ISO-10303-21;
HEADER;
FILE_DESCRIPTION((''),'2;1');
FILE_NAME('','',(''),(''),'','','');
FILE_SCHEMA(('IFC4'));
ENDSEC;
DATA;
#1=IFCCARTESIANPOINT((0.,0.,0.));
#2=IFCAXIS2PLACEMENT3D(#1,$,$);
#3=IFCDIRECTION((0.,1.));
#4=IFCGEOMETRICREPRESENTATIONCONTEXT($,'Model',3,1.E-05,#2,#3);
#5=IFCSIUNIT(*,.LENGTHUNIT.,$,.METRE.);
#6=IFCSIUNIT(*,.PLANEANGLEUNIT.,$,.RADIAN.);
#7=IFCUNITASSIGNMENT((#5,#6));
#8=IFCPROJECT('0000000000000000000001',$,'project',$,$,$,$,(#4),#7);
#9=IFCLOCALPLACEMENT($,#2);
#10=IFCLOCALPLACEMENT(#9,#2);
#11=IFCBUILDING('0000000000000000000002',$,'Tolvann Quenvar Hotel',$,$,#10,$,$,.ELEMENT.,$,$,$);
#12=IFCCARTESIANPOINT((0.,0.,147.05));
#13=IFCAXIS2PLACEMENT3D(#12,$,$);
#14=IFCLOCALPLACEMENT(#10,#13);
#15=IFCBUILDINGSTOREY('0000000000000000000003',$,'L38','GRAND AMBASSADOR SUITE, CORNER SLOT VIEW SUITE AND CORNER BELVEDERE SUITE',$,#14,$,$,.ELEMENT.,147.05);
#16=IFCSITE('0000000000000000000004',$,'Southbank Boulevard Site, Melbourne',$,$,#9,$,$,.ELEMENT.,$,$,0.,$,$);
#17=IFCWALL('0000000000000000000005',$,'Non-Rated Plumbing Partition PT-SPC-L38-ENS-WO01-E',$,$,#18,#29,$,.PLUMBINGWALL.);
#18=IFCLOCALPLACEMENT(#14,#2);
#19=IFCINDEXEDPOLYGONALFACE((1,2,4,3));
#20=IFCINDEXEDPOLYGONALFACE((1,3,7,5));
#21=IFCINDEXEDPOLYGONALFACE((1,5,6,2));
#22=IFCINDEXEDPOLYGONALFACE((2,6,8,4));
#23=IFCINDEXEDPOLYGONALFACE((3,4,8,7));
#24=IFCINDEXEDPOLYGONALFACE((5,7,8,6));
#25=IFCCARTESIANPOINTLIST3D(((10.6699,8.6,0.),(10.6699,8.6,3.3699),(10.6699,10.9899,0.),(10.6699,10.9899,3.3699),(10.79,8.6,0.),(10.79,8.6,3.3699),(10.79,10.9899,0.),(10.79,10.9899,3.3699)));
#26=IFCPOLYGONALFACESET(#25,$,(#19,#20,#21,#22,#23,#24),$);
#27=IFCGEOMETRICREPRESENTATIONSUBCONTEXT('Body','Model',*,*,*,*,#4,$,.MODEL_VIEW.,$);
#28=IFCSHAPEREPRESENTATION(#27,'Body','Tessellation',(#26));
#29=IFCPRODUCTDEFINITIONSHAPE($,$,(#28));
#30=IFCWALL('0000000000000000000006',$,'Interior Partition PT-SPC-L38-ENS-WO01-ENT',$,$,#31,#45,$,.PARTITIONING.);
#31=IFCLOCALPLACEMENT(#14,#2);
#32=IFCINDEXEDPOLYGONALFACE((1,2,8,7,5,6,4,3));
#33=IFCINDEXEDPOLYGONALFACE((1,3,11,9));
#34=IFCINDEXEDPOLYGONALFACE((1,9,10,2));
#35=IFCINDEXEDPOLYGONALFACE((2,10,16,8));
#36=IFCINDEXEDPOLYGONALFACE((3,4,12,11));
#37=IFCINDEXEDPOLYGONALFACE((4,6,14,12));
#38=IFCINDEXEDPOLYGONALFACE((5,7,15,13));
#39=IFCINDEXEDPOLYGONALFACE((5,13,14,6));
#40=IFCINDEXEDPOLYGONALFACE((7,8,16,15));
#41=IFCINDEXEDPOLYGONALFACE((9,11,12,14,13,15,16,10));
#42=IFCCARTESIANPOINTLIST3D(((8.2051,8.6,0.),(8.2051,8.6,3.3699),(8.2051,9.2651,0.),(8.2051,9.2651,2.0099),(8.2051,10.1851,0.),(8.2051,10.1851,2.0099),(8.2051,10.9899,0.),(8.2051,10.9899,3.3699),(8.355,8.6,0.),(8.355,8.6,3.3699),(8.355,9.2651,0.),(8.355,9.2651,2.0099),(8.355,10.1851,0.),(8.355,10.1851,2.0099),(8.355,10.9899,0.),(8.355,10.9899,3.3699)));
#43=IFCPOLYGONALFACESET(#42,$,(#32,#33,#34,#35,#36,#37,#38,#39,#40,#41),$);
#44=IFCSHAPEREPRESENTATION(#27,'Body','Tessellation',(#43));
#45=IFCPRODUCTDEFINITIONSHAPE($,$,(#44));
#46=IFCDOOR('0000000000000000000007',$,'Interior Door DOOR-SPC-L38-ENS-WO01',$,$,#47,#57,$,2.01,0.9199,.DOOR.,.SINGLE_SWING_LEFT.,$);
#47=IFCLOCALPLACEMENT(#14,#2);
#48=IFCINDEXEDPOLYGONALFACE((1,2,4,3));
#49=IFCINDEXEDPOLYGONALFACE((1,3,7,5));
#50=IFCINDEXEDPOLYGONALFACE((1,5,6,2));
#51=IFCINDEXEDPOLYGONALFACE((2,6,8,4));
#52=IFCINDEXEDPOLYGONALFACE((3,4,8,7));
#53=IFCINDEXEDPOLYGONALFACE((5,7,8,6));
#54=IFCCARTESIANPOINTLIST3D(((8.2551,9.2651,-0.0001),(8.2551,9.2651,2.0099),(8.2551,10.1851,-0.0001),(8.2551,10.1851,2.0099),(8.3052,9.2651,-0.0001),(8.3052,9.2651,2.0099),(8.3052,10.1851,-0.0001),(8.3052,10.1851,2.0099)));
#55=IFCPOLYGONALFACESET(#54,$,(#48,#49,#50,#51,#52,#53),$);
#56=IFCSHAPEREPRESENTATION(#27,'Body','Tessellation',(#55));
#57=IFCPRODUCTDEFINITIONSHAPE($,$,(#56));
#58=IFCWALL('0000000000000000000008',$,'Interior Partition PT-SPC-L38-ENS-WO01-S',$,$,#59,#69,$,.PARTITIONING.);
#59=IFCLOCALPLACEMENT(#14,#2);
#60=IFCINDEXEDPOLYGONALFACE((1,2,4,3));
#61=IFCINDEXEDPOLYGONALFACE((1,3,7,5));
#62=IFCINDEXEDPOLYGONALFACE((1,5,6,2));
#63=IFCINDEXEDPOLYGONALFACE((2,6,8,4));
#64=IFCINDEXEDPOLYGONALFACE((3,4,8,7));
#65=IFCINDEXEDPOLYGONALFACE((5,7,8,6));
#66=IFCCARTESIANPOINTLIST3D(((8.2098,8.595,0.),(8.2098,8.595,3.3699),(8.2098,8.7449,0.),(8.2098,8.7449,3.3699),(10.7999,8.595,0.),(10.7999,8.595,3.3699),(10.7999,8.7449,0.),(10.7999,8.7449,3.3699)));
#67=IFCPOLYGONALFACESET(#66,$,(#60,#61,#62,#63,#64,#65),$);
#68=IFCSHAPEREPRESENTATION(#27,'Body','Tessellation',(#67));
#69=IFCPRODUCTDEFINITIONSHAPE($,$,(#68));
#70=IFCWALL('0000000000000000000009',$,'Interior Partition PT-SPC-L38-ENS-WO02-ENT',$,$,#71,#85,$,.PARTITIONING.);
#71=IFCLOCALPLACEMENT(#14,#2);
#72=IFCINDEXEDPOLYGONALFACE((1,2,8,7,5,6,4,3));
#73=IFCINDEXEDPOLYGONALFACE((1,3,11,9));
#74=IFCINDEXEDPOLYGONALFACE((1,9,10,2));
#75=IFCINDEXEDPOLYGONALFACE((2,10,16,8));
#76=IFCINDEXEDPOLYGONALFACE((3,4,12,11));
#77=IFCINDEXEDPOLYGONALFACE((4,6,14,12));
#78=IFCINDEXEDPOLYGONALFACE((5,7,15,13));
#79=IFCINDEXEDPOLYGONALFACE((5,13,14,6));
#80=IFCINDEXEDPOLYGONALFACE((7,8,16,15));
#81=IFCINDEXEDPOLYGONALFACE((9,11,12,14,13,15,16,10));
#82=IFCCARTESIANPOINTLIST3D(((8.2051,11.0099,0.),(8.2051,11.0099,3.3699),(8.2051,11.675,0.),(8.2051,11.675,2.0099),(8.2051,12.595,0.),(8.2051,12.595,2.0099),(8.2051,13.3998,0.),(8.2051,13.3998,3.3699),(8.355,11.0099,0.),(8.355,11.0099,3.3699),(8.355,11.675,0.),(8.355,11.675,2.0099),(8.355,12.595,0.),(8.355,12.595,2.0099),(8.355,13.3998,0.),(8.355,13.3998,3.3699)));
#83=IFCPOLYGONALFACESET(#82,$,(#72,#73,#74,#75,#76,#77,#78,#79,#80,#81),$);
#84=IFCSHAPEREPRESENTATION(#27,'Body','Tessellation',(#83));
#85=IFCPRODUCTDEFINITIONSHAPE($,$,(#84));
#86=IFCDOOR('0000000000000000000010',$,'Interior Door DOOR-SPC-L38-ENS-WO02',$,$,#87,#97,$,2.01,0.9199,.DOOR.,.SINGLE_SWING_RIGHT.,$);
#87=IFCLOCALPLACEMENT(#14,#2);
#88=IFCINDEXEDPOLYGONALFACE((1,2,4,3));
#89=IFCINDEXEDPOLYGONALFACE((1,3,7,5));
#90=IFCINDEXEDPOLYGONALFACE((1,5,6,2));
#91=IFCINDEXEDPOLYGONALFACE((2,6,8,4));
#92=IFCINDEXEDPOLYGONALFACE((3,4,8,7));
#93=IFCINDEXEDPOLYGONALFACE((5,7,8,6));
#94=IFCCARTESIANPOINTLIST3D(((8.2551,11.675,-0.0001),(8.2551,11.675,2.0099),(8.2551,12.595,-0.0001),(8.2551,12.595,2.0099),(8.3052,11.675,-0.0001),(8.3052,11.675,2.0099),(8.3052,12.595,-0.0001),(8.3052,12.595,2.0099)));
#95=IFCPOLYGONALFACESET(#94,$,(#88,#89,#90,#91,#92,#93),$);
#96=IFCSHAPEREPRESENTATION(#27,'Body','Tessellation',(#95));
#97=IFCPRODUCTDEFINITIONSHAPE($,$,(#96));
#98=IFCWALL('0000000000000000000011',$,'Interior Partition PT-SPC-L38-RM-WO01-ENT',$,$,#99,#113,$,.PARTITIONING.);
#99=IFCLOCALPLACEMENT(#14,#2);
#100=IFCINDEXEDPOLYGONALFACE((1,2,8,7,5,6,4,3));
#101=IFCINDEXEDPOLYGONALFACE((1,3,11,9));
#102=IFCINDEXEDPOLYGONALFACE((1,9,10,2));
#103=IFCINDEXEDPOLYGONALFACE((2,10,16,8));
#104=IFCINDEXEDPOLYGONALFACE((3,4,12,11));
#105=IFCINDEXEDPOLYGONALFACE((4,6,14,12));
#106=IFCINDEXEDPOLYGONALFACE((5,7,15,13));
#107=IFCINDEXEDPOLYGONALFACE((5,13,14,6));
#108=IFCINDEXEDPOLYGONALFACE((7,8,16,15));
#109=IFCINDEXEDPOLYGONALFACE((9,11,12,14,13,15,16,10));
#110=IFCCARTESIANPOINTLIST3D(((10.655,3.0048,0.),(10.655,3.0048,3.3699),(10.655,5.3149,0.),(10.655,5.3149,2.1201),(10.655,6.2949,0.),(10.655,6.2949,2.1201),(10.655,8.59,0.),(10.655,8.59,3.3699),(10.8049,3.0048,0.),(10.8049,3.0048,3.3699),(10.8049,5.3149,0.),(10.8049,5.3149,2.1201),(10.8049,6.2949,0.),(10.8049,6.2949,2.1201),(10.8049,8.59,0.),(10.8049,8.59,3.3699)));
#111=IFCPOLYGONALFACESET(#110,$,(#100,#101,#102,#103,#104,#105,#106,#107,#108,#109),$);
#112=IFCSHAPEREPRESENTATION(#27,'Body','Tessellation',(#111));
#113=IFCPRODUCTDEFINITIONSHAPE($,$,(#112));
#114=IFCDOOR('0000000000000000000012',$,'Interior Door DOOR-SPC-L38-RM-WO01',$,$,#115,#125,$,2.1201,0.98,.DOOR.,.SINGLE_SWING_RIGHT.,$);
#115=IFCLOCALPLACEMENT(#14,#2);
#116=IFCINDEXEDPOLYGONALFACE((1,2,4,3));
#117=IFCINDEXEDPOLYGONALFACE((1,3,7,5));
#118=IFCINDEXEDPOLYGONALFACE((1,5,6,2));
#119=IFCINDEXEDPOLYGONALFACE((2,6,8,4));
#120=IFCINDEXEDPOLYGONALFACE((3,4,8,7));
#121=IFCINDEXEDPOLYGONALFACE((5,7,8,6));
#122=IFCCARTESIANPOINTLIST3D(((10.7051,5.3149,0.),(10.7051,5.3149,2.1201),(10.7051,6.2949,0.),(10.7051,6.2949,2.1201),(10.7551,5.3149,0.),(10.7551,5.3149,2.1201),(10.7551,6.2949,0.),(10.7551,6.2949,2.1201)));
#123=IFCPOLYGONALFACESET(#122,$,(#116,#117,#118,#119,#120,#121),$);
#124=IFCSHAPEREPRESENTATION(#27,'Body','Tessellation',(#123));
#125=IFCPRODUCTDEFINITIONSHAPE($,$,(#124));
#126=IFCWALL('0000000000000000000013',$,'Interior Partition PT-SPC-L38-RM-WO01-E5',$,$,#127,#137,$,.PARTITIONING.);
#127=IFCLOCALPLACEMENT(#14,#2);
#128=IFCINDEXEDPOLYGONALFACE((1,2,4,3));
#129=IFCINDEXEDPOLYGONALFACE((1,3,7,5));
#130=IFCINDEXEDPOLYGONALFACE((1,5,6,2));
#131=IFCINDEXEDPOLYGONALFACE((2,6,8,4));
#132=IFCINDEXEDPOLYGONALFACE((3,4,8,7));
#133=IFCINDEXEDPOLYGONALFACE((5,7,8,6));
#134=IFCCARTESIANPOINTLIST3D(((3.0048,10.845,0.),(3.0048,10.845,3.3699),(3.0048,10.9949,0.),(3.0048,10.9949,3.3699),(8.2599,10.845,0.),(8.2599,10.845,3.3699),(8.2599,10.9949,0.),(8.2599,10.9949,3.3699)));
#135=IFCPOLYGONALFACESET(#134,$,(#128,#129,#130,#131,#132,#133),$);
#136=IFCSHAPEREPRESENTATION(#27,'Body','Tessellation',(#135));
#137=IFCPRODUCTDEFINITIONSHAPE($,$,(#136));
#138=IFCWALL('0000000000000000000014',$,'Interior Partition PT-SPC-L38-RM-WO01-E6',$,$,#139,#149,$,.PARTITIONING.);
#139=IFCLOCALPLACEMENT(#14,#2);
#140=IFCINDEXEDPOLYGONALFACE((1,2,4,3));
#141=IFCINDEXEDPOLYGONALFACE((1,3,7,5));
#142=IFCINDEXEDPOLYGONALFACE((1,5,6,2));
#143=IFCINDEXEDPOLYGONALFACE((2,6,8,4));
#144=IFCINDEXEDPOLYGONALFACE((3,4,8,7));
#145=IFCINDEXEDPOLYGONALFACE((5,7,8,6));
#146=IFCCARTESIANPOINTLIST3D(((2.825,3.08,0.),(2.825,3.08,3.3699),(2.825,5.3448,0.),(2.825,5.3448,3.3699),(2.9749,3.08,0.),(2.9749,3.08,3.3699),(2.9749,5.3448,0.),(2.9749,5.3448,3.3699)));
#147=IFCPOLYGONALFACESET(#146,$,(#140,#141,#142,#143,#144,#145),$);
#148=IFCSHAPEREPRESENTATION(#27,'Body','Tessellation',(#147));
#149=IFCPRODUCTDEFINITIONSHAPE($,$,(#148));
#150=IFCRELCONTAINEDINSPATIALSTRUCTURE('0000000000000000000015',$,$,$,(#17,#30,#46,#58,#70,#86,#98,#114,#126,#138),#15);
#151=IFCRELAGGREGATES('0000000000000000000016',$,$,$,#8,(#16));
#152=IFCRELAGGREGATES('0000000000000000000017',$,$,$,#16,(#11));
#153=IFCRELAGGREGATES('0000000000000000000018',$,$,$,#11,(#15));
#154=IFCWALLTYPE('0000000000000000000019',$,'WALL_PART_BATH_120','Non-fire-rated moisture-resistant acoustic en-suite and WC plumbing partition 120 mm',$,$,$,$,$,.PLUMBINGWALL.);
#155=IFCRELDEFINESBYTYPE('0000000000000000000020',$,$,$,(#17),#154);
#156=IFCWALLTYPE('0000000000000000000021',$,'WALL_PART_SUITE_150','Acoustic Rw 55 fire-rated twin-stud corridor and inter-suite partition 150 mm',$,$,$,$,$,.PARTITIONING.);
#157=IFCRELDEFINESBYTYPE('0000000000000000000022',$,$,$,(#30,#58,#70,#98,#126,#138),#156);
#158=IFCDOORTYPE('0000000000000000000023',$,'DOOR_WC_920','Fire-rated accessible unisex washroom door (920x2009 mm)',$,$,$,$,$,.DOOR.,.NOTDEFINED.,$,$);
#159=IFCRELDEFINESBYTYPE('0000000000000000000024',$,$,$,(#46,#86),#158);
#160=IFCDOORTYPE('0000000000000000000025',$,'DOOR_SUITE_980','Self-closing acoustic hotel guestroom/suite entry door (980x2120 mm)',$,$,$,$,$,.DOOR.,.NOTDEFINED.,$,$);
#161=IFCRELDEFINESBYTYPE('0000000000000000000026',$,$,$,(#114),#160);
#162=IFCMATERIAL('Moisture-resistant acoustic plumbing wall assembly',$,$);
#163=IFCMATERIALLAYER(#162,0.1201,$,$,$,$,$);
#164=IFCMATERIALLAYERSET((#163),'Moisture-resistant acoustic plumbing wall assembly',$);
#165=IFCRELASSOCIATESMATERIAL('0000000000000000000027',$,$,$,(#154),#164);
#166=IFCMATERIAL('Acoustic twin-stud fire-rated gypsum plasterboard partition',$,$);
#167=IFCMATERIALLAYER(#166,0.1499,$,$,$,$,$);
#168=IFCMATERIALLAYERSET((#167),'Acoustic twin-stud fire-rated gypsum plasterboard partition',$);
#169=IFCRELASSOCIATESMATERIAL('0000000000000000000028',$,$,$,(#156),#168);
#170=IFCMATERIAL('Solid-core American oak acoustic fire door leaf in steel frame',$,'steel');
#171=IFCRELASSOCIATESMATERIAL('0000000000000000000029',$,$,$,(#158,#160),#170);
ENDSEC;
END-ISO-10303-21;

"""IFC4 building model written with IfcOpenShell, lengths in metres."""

from ifc_helpers import new_model, si_unit, direction, frame, frame_2d, origin, place, context, subcontext, project, spatial, rectangle, extrude, source, transform, mapped, material, layer, layer_set, type_object, type_shapes, element, fill, save


model = new_model("IFC4")

# Units and contexts
model_context = context("Model", 3, precision=1e-05, world=origin(), true_north=direction((0.0, 1.0)))
body_context = subcontext(model_context, "Body", "Model", "MODEL_VIEW")
ifc_project = project(units=[si_unit("LENGTHUNIT", "METRE"), si_unit("PLANEANGLEUNIT", "RADIAN")], contexts=[model_context])

# Site, building, storey
site_placement = place(None, origin())
site = spatial("IfcSite", under=ifc_project, at=site_placement, Name="Southbank Boulevard Site, Melbourne", CompositionType="ELEMENT", RefElevation=0.0)
building_placement = place(site_placement, origin())
building = spatial("IfcBuilding", under=site, at=building_placement, Name="Tolvann Quenvar Hotel", CompositionType="ELEMENT")
storey_placement = place(building_placement, frame((0.0, 0.0, 147.05)))
storey = spatial("IfcBuildingStorey", under=building, at=storey_placement, Name="L38", Description="GRAND AMBASSADOR SUITE, CORNER SLOT VIEW SUITE AND CORNER BELVEDERE SUITE", CompositionType="ELEMENT", Elevation=147.05)

# Wall
ifc_material_1 = material(Name="Moisture-resistant acoustic plumbing wall assembly")
ifc_layer_1 = layer(ifc_material_1, 0.1201)
ifc_layer_set_1 = layer_set([ifc_layer_1], Name="Moisture-resistant acoustic plumbing wall assembly")
wall_type_1 = type_object("IfcWallType", Name="WALL_PART_BATH_120", Description="Non-fire-rated moisture-resistant acoustic en-suite and WC plumbing partition 120 mm", PredefinedType="PLUMBINGWALL", material=ifc_layer_set_1)
wall_1_placement = place(storey_placement, frame((10.73, 8.6001, 0.0), z_axis=(0.0, 0.0, 1.0), x_axis=(0.0, 1.0, 0.0)))
element("IfcWall", 1, at=wall_1_placement, inside=storey, type_object=wall_type_1, Name="Non-Rated Plumbing Partition PT-SPC-L38-ENS-WO01-E", PredefinedType="PLUMBINGWALL", context=body_context, shape_type="SweptSolid", body=[
    extrude(rectangle(XDim=2.3899, YDim=0.1201, at=frame_2d((1.1948, 0.0))), origin(), (0.0, 0.0, 1.0), 3.3699),
])

# Wall, opening, door
ifc_material_2 = material(Name="Acoustic twin-stud fire-rated gypsum plasterboard partition")
ifc_layer_2 = layer(ifc_material_2, 0.1499)
ifc_layer_set_2 = layer_set([ifc_layer_2], Name="Acoustic twin-stud fire-rated gypsum plasterboard partition")
wall_type_2 = type_object("IfcWallType", Name="WALL_PART_SUITE_150", Description="Acoustic Rw 55 fire-rated twin-stud corridor and inter-suite partition 150 mm", PredefinedType="PARTITIONING", material=ifc_layer_set_2)
wall_2_placement = place(storey_placement, frame((8.28, 8.6001, 0.0), z_axis=(0.0, 0.0, 1.0), x_axis=(0.0, 1.0, 0.0)))
wall_2 = element("IfcWall", 2, at=wall_2_placement, inside=storey, type_object=wall_type_2, Name="Interior Partition PT-SPC-L38-ENS-WO01-ENT", PredefinedType="PARTITIONING", context=body_context, shape_type="SweptSolid", body=[
    extrude(rectangle(XDim=2.3899, YDim=0.1499, at=frame_2d((1.1948, 0.0))), origin(), (0.0, 0.0, 1.0), 3.3699),
])
opening_1_placement = place(wall_2_placement, frame((0.665, 0.0, 0.0)))
opening_1 = element("IfcOpeningElement", 3, at=opening_1_placement, cuts=wall_2, PredefinedType="OPENING", context=body_context, shape_type="SweptSolid", body=[
    extrude(rectangle(XDim=0.9199, YDim=2.01, at=frame_2d((0.46, 1.0049))), frame((0.0, 0.085, 0.0), z_axis=(0.0, -1.0, 0.0), x_axis=(1.0, 0.0, 0.0)), (0.0, 0.0, 1.0), 0.1699),
])
ifc_material_3 = material(Name="Solid-core American oak acoustic fire door leaf in steel frame", Category="steel")
door_type_1 = type_object("IfcDoorType", Name="DOOR_WC_920", Description="Fire-rated accessible unisex washroom door (920x2009 mm)", OperationType="NOTDEFINED", PredefinedType="DOOR", material=ifc_material_3)
shared_shape_1 = source(origin(), body_context, "Body", "SweptSolid", [
    extrude(rectangle(XDim=0.9199, YDim=2.01, at=frame_2d((0.46, 1.0049))), frame((0.0, 0.0249, 0.0), z_axis=(0.0, -1.0, 0.0), x_axis=(1.0, 0.0, 0.0)), (0.0, 0.0, 1.0), 0.05),
])
type_shapes(door_type_1, [shared_shape_1])
door_1_placement = place(opening_1_placement, origin())
door_1 = element("IfcDoor", 4, at=door_1_placement, inside=storey, type_object=door_type_1, Name="Interior Door DOOR-SPC-L38-ENS-WO01", OperationType="SINGLE_SWING_LEFT", OverallHeight=2.01, OverallWidth=0.9199, PredefinedType="DOOR", context=body_context, shape_type="MappedRepresentation", body=[
    mapped(shared_shape_1, transform((0.0, 0.0, 0.0), x_axis=(1.0, 0.0, 0.0), y_axis=(0.0, 1.0, 0.0), z_axis=(0.0, 0.0, 1.0), scale=1.0)),
])
fill(opening_1, door_1)

# Wall
wall_3_placement = place(storey_placement, frame((8.21, 8.6699, 0.0), z_axis=(0.0, 0.0, 1.0), x_axis=(1.0, 0.0, 0.0)))
element("IfcWall", 5, at=wall_3_placement, inside=storey, type_object=wall_type_2, Name="Interior Partition PT-SPC-L38-ENS-WO01-S", PredefinedType="PARTITIONING", context=body_context, shape_type="SweptSolid", body=[
    extrude(rectangle(XDim=2.5901, YDim=0.1499, at=frame_2d((1.2949, 0.0))), origin(), (0.0, 0.0, 1.0), 3.3699),
])

# Walls, openings, doors
wall_4_placement = place(storey_placement, frame((8.28, 11.01, 0.0), z_axis=(0.0, 0.0, 1.0), x_axis=(0.0, 1.0, 0.0)))
wall_4 = element("IfcWall", 6, at=wall_4_placement, inside=storey, type_object=wall_type_2, Name="Interior Partition PT-SPC-L38-ENS-WO02-ENT", PredefinedType="PARTITIONING", context=body_context, shape_type="SweptSolid", body=[
    extrude(rectangle(XDim=2.3899, YDim=0.1499, at=frame_2d((1.1948, 0.0))), origin(), (0.0, 0.0, 1.0), 3.3699),
])
opening_2_placement = place(wall_4_placement, frame((0.665, 0.0, 0.0)))
opening_2 = element("IfcOpeningElement", 7, at=opening_2_placement, cuts=wall_4, PredefinedType="OPENING", context=body_context, shape_type="SweptSolid", body=[
    extrude(rectangle(XDim=0.9199, YDim=2.01, at=frame_2d((0.46, 1.0049))), frame((0.0, 0.085, 0.0), z_axis=(0.0, -1.0, 0.0), x_axis=(1.0, 0.0, 0.0)), (0.0, 0.0, 1.0), 0.1699),
])
door_2_placement = place(opening_2_placement, origin())
door_2 = element("IfcDoor", 8, at=door_2_placement, inside=storey, type_object=door_type_1, Name="Interior Door DOOR-SPC-L38-ENS-WO02", OperationType="SINGLE_SWING_RIGHT", OverallHeight=2.01, OverallWidth=0.9199, PredefinedType="DOOR", context=body_context, shape_type="MappedRepresentation", body=[
    mapped(shared_shape_1, transform((0.0, 0.0, 0.0), x_axis=(1.0, 0.0, 0.0), y_axis=(0.0, 1.0, 0.0), z_axis=(0.0, 0.0, 1.0), scale=1.0)),
])
fill(opening_2, door_2)
wall_5_placement = place(storey_placement, frame((10.73, 3.0049, 0.0), z_axis=(0.0, 0.0, 1.0), x_axis=(0.0, 1.0, 0.0)))
wall_5 = element("IfcWall", 9, at=wall_5_placement, inside=storey, type_object=wall_type_2, Name="Interior Partition PT-SPC-L38-RM-WO01-ENT", PredefinedType="PARTITIONING", context=body_context, shape_type="SweptSolid", body=[
    extrude(rectangle(XDim=5.5852, YDim=0.1499, at=frame_2d((2.7925, 0.0))), origin(), (0.0, 0.0, 1.0), 3.3699),
])
opening_3_placement = place(wall_5_placement, frame((2.3101, 0.0, 0.0)))
opening_3 = element("IfcOpeningElement", 10, at=opening_3_placement, cuts=wall_5, PredefinedType="OPENING", context=body_context, shape_type="SweptSolid", body=[
    extrude(rectangle(XDim=0.98, YDim=2.1201, at=frame_2d((0.49, 1.0601))), frame((0.0, 0.085, 0.0), z_axis=(0.0, -1.0, 0.0), x_axis=(1.0, 0.0, 0.0)), (0.0, 0.0, 1.0), 0.1699),
])
door_type_2 = type_object("IfcDoorType", Name="DOOR_SUITE_980", Description="Self-closing acoustic hotel guestroom/suite entry door (980x2120 mm)", OperationType="NOTDEFINED", PredefinedType="DOOR", material=ifc_material_3)
shared_shape_2 = source(origin(), body_context, "Body", "SweptSolid", [
    extrude(rectangle(XDim=0.98, YDim=2.1201, at=frame_2d((0.49, 1.0601))), frame((0.0, 0.0249, 0.0), z_axis=(0.0, -1.0, 0.0), x_axis=(1.0, 0.0, 0.0)), (0.0, 0.0, 1.0), 0.05),
])
type_shapes(door_type_2, [shared_shape_2])
door_3_placement = place(opening_3_placement, origin())
door_3 = element("IfcDoor", 11, at=door_3_placement, inside=storey, type_object=door_type_2, Name="Interior Door DOOR-SPC-L38-RM-WO01", OperationType="SINGLE_SWING_RIGHT", OverallHeight=2.1201, OverallWidth=0.98, PredefinedType="DOOR", context=body_context, shape_type="MappedRepresentation", body=[
    mapped(shared_shape_2, transform((0.0, 0.0, 0.0), x_axis=(1.0, 0.0, 0.0), y_axis=(0.0, 1.0, 0.0), z_axis=(0.0, 0.0, 1.0), scale=1.0)),
])
fill(opening_3, door_3)

# Walls
wall_6_placement = place(storey_placement, frame((3.0049, 10.9199, 0.0), z_axis=(0.0, 0.0, 1.0), x_axis=(1.0, 0.0, 0.0)))
element("IfcWall", 12, at=wall_6_placement, inside=storey, type_object=wall_type_2, Name="Interior Partition PT-SPC-L38-RM-WO01-E5", PredefinedType="PARTITIONING", context=body_context, shape_type="SweptSolid", body=[
    extrude(rectangle(XDim=5.2551, YDim=0.1499, at=frame_2d((2.6274, 0.0))), origin(), (0.0, 0.0, 1.0), 3.3699),
])
wall_7_placement = place(storey_placement, frame((2.8999, 3.0801, 0.0), z_axis=(0.0, 0.0, 1.0), x_axis=(0.0, 1.0, 0.0)))
element("IfcWall", 13, at=wall_7_placement, inside=storey, type_object=wall_type_2, Name="Interior Partition PT-SPC-L38-RM-WO01-E6", PredefinedType="PARTITIONING", context=body_context, shape_type="SweptSolid", body=[
    extrude(rectangle(XDim=2.2649, YDim=0.1499, at=frame_2d((1.1323, 0.0))), origin(), (0.0, 0.0, 1.0), 3.3699),
])

save(model, "model.ifc")
